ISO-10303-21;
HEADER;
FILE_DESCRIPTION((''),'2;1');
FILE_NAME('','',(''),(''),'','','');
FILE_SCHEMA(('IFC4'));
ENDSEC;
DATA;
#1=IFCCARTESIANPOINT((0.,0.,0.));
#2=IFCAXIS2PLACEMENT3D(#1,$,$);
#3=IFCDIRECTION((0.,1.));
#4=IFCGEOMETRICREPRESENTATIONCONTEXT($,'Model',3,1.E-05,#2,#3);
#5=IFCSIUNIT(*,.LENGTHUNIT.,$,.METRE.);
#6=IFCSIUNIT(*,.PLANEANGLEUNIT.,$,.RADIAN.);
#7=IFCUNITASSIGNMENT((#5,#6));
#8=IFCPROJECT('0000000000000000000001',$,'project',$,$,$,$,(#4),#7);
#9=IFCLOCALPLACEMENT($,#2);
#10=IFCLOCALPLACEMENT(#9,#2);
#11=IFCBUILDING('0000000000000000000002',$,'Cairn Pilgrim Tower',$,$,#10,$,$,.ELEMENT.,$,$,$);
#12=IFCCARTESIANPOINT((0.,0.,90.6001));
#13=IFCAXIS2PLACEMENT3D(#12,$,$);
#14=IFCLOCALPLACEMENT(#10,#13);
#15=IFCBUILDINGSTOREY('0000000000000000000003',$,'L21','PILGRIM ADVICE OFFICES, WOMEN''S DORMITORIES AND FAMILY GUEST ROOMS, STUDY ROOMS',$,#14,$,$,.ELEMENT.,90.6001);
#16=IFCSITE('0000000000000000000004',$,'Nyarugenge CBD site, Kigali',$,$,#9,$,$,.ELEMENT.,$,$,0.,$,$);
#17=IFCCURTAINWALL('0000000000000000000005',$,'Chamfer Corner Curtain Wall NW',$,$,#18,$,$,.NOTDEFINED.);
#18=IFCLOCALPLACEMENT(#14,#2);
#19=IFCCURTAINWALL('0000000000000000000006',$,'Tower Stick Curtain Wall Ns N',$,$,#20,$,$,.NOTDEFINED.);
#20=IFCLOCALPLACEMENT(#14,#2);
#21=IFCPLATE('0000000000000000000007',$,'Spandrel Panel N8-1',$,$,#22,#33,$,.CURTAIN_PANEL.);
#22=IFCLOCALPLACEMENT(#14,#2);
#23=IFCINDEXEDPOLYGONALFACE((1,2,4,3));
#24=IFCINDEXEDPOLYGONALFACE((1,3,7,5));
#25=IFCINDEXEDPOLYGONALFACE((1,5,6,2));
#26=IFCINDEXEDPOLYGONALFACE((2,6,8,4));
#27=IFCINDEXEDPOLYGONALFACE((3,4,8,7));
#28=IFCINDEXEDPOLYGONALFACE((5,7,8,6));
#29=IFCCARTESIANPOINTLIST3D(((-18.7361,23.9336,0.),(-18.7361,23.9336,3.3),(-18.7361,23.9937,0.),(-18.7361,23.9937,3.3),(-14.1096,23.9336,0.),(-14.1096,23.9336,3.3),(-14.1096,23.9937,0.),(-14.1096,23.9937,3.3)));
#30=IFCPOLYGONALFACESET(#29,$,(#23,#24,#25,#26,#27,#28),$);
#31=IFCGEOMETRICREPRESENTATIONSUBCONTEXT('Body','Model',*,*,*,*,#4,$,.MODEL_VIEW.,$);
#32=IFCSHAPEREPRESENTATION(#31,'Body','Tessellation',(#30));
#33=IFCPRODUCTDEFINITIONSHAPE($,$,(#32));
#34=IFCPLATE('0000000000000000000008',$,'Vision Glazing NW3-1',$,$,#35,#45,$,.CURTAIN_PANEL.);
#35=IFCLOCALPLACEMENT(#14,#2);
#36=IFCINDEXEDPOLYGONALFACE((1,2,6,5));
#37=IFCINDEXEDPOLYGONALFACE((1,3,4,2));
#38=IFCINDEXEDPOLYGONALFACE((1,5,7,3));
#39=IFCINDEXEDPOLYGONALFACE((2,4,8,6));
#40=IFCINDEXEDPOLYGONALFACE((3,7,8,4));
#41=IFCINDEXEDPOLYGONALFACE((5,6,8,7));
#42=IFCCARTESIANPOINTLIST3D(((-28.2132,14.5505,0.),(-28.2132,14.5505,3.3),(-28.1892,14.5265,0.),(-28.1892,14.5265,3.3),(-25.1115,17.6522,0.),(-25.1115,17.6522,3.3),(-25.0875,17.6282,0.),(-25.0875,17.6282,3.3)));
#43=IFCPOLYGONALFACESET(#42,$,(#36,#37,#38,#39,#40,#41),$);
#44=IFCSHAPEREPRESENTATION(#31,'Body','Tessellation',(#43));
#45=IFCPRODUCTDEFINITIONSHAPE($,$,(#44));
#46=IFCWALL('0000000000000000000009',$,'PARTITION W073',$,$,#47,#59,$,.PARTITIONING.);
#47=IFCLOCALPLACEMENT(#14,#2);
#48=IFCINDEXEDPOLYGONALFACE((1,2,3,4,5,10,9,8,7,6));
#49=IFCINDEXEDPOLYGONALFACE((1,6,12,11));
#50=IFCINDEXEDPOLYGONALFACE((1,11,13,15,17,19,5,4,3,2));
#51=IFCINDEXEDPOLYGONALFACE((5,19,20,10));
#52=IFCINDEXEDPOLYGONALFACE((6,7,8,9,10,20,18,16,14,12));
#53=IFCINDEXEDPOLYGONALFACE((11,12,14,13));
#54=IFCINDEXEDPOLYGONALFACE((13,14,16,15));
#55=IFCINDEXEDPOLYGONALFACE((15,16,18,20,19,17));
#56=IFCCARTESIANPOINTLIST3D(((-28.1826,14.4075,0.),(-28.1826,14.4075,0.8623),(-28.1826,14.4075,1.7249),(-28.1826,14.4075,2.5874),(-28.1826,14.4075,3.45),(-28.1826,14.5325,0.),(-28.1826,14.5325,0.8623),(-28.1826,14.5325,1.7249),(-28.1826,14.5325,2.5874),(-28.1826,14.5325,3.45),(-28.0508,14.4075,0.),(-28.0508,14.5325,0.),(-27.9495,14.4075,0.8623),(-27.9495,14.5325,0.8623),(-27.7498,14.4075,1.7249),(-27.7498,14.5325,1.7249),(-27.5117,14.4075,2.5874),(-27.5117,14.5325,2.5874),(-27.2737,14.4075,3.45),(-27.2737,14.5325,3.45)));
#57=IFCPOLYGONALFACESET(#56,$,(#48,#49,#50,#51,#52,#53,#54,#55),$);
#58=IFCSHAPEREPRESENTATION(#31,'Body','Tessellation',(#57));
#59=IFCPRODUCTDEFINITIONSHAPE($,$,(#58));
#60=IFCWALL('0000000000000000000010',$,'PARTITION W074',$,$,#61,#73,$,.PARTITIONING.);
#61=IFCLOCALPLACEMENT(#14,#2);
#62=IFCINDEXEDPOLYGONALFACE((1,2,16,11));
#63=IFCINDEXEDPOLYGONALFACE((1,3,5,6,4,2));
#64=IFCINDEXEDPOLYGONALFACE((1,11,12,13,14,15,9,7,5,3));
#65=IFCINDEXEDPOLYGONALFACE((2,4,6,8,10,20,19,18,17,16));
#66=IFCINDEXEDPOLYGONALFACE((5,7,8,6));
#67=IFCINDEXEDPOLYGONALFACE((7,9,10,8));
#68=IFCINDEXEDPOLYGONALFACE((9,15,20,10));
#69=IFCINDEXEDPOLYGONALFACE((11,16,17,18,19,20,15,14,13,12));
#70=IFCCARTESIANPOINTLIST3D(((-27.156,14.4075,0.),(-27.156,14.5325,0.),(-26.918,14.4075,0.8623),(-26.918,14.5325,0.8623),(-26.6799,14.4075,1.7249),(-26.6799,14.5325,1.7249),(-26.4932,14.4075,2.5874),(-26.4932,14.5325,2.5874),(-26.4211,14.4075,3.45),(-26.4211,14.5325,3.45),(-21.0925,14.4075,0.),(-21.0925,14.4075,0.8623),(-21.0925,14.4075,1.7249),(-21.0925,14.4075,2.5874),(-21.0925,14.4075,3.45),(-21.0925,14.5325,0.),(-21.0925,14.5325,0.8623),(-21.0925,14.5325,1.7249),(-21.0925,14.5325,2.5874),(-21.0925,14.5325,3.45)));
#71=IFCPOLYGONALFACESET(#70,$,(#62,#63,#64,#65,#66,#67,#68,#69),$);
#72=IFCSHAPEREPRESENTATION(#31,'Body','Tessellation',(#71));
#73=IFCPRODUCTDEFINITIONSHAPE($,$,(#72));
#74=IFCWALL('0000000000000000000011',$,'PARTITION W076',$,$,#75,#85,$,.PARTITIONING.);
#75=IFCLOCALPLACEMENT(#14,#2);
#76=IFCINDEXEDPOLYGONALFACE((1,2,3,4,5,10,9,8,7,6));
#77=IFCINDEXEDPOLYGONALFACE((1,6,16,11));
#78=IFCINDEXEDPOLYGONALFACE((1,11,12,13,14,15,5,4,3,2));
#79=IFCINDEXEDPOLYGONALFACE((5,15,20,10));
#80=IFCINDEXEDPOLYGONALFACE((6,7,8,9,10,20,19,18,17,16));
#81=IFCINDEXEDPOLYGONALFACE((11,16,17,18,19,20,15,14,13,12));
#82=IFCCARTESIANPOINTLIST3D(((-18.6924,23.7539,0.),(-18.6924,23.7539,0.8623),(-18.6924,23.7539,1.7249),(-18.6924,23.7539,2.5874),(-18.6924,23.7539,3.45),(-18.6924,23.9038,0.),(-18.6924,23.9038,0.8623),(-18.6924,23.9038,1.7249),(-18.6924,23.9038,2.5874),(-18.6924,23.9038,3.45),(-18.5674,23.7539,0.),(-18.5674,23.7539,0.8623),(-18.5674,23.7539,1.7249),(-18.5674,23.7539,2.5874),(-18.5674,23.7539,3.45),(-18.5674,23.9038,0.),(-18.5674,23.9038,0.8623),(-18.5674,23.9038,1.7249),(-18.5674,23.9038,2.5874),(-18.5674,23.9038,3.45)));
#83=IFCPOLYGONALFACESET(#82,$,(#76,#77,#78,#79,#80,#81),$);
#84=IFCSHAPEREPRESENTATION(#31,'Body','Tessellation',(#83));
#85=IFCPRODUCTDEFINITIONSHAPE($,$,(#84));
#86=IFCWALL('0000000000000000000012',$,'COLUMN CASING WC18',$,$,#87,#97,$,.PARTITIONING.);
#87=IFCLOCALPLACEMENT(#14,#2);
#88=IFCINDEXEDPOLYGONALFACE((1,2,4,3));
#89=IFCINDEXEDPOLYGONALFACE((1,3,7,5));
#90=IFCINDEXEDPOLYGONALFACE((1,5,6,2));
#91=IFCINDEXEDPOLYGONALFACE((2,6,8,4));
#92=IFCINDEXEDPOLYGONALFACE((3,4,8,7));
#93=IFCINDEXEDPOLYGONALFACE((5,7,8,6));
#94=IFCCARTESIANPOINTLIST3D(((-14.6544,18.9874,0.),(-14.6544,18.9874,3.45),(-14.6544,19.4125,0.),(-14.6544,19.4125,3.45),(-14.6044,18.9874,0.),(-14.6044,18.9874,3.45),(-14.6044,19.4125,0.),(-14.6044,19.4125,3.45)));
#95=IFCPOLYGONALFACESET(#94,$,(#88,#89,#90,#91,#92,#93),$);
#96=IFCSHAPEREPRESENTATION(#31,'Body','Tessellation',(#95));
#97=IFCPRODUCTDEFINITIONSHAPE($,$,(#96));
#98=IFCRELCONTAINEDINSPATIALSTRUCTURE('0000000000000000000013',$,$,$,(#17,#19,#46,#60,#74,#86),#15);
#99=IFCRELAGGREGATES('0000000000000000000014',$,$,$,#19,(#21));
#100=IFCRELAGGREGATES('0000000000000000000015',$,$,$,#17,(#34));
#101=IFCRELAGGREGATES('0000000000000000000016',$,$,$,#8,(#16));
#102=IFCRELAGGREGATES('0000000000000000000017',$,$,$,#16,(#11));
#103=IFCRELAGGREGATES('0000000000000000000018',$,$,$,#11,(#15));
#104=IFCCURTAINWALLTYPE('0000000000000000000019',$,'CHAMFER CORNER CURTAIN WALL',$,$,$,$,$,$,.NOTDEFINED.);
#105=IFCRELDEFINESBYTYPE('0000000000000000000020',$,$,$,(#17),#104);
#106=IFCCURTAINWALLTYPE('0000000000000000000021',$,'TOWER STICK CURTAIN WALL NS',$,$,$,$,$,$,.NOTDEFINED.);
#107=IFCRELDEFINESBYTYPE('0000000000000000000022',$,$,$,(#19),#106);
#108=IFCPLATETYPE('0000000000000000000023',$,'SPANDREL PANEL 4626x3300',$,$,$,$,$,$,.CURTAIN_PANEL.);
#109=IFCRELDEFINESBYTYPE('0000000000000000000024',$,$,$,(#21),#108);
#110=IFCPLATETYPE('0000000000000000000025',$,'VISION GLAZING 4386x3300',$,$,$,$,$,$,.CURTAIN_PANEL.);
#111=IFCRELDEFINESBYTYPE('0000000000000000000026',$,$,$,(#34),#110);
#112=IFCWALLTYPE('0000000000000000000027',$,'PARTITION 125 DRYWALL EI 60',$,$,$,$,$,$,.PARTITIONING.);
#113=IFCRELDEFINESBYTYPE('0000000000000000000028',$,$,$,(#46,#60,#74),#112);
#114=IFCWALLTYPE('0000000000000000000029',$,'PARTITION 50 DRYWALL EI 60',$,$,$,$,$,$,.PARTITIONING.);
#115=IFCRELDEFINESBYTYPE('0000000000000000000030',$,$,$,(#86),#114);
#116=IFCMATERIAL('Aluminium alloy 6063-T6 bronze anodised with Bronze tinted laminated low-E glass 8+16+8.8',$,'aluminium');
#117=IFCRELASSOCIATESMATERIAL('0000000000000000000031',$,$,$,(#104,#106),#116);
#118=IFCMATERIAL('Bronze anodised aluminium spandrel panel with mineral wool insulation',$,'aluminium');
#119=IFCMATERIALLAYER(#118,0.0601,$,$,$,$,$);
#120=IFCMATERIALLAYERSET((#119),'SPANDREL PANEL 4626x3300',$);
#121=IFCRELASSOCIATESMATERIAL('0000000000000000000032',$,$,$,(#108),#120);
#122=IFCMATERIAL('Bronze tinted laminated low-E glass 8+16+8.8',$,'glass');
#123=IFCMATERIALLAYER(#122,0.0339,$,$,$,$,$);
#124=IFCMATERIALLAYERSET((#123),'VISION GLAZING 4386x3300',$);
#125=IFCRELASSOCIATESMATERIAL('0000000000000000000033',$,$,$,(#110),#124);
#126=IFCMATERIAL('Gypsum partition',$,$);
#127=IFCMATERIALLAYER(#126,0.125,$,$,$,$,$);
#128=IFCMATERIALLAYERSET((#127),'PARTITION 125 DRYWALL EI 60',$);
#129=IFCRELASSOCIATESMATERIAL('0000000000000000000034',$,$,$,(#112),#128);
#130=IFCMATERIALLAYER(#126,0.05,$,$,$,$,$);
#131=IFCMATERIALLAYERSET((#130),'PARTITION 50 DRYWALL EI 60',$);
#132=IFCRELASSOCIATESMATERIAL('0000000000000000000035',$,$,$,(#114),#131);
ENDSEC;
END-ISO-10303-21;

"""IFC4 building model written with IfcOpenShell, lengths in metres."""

from ifc_helpers import new_model, si_unit, direction, frame, frame_2d, origin, origin_2d, place, context, subcontext, project, spatial, polyline, rectangle, outline, extrude, material, layer, layer_set, type_object, element, aggregate, save


model = new_model("IFC4")

# Units and contexts
model_context = context("Model", 3, precision=1e-05, world=origin(), true_north=direction((0.0, 1.0)))
body_context = subcontext(model_context, "Body", "Model", "MODEL_VIEW")
ifc_project = project(units=[si_unit("LENGTHUNIT", "METRE"), si_unit("PLANEANGLEUNIT", "RADIAN")], contexts=[model_context])

# Site, building, storey
site_placement = place(None, origin())
site = spatial("IfcSite", under=ifc_project, at=site_placement, Name="Nyarugenge CBD site, Kigali", CompositionType="ELEMENT", RefElevation=0.0)
building_placement = place(site_placement, origin())
building = spatial("IfcBuilding", under=site, at=building_placement, Name="Cairn Pilgrim Tower", CompositionType="ELEMENT")
storey_placement = place(building_placement, frame((0.0, 0.0, 90.6001)))
storey = spatial("IfcBuildingStorey", under=building, at=storey_placement, Name="L21", Description="PILGRIM ADVICE OFFICES, WOMEN'S DORMITORIES AND FAMILY GUEST ROOMS, STUDY ROOMS", CompositionType="ELEMENT", Elevation=90.6001)

# Curtain wall
ifc_material_1 = material(Name="Aluminium alloy 6063-T6 bronze anodised with Bronze tinted laminated low-E glass 8+16+8.8", Category="aluminium")
curtain_wall_type_1 = type_object("IfcCurtainWallType", Name="CHAMFER CORNER CURTAIN WALL", PredefinedType="NOTDEFINED", material=ifc_material_1)
curtain_wall_1_placement = place(storey_placement, origin())
curtain_wall_1 = element("IfcCurtainWall", 1, at=curtain_wall_1_placement, inside=storey, type_object=curtain_wall_type_1, Name="Chamfer Corner Curtain Wall NW", PredefinedType="NOTDEFINED")

# Shared definitions
ifc_material_2 = material(Name="Bronze anodised aluminium spandrel panel with mineral wool insulation", Category="aluminium")

# Curtain wall, plate
curtain_wall_type_2 = type_object("IfcCurtainWallType", Name="TOWER STICK CURTAIN WALL NS", PredefinedType="NOTDEFINED", material=ifc_material_1)
curtain_wall_2_placement = place(storey_placement, origin())
curtain_wall_2 = element("IfcCurtainWall", 2, at=curtain_wall_2_placement, inside=storey, type_object=curtain_wall_type_2, Name="Tower Stick Curtain Wall Ns N", PredefinedType="NOTDEFINED")
ifc_layer_1 = layer(ifc_material_2, 0.0601)
ifc_layer_set_1 = layer_set([ifc_layer_1], Name="SPANDREL PANEL 4626x3300")
plate_type_1 = type_object("IfcPlateType", Name="SPANDREL PANEL 4626x3300", PredefinedType="CURTAIN_PANEL", material=ifc_layer_set_1)
plate_1_placement = place(storey_placement, frame((-16.4229, 23.9636, 0.0), z_axis=(0.0, 0.0, 1.0), x_axis=(-1.0, 0.0, 0.0)))
plate_1 = element("IfcPlate", 3, at=plate_1_placement, type_object=plate_type_1, Name="Spandrel Panel N8-1", PredefinedType="CURTAIN_PANEL", context=body_context, shape_type="SweptSolid", body=[
    extrude(rectangle(XDim=4.6265, YDim=0.0601, at=origin_2d()), origin(), (0.0, 0.0, 1.0), 3.3),
])
aggregate(curtain_wall_2, [plate_1])

# Plate
ifc_material_3 = material(Name="Bronze tinted laminated low-E glass 8+16+8.8", Category="glass")
ifc_layer_2 = layer(ifc_material_3, 0.0339)
ifc_layer_set_2 = layer_set([ifc_layer_2], Name="VISION GLAZING 4386x3300")
plate_type_2 = type_object("IfcPlateType", Name="VISION GLAZING 4386x3300", PredefinedType="CURTAIN_PANEL", material=ifc_layer_set_2)
plate_2_placement = place(storey_placement, frame((-26.6504, 16.0894, 0.0), z_axis=(0.0, 0.0, 1.0), x_axis=(-0.707107, -0.707107, 0.0)))
plate_2 = element("IfcPlate", 4, at=plate_2_placement, type_object=plate_type_2, Name="Vision Glazing NW3-1", PredefinedType="CURTAIN_PANEL", context=body_context, shape_type="SweptSolid", body=[
    extrude(rectangle(XDim=4.3865, YDim=0.0339, at=origin_2d()), origin(), (0.0, 0.0, 1.0), 3.3),
])
aggregate(curtain_wall_1, [plate_2])

# Walls
ifc_material_4 = material(Name="Gypsum partition")
ifc_layer_3 = layer(ifc_material_4, 0.125)
ifc_layer_set_3 = layer_set([ifc_layer_3], Name="PARTITION 125 DRYWALL EI 60")
wall_type_1 = type_object("IfcWallType", Name="PARTITION 125 DRYWALL EI 60", PredefinedType="PARTITIONING", material=ifc_layer_set_3)
wall_1_placement = place(storey_placement, frame((-28.1826, 14.47, 0.0), z_axis=(0.0, 0.0, 1.0), x_axis=(1.0, 0.0, 0.0)))
element("IfcWall", 5, at=wall_1_placement, inside=storey, type_object=wall_type_1, Name="PARTITION W073", PredefinedType="PARTITIONING", context=body_context, shape_type="SweptSolid", body=[
    extrude(outline(polyline([(0.0, 0.0), (0.1318, 0.0), (0.2332, 0.8623), (0.4329, 1.7249), (0.6709, 2.5874), (0.9089, 3.45), (0.0, 3.45), (0.0, 2.5874), (0.0, 1.7249), (0.0, 0.8623), (0.0, 0.0)])), frame((0.0, 0.0625, 0.0), z_axis=(0.0, -1.0, 0.0), x_axis=(1.0, 0.0, 0.0)), (0.0, 0.0, 1.0), 0.125),
])
wall_2_placement = place(storey_placement, frame((-27.156, 14.47, 0.0), z_axis=(0.0, 0.0, 1.0), x_axis=(1.0, 0.0, 0.0)))
element("IfcWall", 6, at=wall_2_placement, inside=storey, type_object=wall_type_1, Name="PARTITION W074", PredefinedType="PARTITIONING", context=body_context, shape_type="SweptSolid", body=[
    extrude(outline(polyline([(0.0, 0.0), (6.0635, 0.0), (6.0635, 0.8623), (6.0635, 1.7249), (6.0635, 2.5874), (6.0635, 3.45), (0.7349, 3.45), (0.6628, 2.5874), (0.4761, 1.7249), (0.238, 0.8623), (0.0, 0.0)])), frame((0.0, 0.0625, 0.0), z_axis=(0.0, -1.0, 0.0), x_axis=(1.0, 0.0, 0.0)), (0.0, 0.0, 1.0), 0.125),
])
wall_3_placement = place(storey_placement, frame((-18.6299, 23.7539, 0.0), z_axis=(0.0, 0.0, 1.0), x_axis=(0.0, 1.0, 0.0)))
element("IfcWall", 7, at=wall_3_placement, inside=storey, type_object=wall_type_1, Name="PARTITION W076", PredefinedType="PARTITIONING", context=body_context, shape_type="SweptSolid", body=[
    extrude(outline(polyline([(0.0, 0.0), (0.1499, 0.0), (0.1499, 0.8623), (0.1499, 1.7249), (0.1499, 2.5874), (0.1499, 3.45), (0.0, 3.45), (0.0, 2.5874), (0.0, 1.7249), (0.0, 0.8623), (0.0, 0.0)])), frame((0.0, 0.0625, 0.0), z_axis=(0.0, -1.0, 0.0), x_axis=(1.0, 0.0, 0.0)), (0.0, 0.0, 1.0), 0.125),
])
ifc_layer_4 = layer(ifc_material_4, 0.05)
ifc_layer_set_4 = layer_set([ifc_layer_4], Name="PARTITION 50 DRYWALL EI 60")
wall_type_2 = type_object("IfcWallType", Name="PARTITION 50 DRYWALL EI 60", PredefinedType="PARTITIONING", material=ifc_layer_set_4)
wall_4_placement = place(storey_placement, frame((-14.6294, 18.9875, 0.0), z_axis=(0.0, 0.0, 1.0), x_axis=(0.0, 1.0, 0.0)))
element("IfcWall", 8, at=wall_4_placement, inside=storey, type_object=wall_type_2, Name="COLUMN CASING WC18", PredefinedType="PARTITIONING", context=body_context, shape_type="SweptSolid", body=[
    extrude(rectangle(XDim=0.425, YDim=0.05, at=frame_2d((0.2124, 0.0))), origin(), (0.0, 0.0, 1.0), 3.45),
])

save(model, "model.ifc")
